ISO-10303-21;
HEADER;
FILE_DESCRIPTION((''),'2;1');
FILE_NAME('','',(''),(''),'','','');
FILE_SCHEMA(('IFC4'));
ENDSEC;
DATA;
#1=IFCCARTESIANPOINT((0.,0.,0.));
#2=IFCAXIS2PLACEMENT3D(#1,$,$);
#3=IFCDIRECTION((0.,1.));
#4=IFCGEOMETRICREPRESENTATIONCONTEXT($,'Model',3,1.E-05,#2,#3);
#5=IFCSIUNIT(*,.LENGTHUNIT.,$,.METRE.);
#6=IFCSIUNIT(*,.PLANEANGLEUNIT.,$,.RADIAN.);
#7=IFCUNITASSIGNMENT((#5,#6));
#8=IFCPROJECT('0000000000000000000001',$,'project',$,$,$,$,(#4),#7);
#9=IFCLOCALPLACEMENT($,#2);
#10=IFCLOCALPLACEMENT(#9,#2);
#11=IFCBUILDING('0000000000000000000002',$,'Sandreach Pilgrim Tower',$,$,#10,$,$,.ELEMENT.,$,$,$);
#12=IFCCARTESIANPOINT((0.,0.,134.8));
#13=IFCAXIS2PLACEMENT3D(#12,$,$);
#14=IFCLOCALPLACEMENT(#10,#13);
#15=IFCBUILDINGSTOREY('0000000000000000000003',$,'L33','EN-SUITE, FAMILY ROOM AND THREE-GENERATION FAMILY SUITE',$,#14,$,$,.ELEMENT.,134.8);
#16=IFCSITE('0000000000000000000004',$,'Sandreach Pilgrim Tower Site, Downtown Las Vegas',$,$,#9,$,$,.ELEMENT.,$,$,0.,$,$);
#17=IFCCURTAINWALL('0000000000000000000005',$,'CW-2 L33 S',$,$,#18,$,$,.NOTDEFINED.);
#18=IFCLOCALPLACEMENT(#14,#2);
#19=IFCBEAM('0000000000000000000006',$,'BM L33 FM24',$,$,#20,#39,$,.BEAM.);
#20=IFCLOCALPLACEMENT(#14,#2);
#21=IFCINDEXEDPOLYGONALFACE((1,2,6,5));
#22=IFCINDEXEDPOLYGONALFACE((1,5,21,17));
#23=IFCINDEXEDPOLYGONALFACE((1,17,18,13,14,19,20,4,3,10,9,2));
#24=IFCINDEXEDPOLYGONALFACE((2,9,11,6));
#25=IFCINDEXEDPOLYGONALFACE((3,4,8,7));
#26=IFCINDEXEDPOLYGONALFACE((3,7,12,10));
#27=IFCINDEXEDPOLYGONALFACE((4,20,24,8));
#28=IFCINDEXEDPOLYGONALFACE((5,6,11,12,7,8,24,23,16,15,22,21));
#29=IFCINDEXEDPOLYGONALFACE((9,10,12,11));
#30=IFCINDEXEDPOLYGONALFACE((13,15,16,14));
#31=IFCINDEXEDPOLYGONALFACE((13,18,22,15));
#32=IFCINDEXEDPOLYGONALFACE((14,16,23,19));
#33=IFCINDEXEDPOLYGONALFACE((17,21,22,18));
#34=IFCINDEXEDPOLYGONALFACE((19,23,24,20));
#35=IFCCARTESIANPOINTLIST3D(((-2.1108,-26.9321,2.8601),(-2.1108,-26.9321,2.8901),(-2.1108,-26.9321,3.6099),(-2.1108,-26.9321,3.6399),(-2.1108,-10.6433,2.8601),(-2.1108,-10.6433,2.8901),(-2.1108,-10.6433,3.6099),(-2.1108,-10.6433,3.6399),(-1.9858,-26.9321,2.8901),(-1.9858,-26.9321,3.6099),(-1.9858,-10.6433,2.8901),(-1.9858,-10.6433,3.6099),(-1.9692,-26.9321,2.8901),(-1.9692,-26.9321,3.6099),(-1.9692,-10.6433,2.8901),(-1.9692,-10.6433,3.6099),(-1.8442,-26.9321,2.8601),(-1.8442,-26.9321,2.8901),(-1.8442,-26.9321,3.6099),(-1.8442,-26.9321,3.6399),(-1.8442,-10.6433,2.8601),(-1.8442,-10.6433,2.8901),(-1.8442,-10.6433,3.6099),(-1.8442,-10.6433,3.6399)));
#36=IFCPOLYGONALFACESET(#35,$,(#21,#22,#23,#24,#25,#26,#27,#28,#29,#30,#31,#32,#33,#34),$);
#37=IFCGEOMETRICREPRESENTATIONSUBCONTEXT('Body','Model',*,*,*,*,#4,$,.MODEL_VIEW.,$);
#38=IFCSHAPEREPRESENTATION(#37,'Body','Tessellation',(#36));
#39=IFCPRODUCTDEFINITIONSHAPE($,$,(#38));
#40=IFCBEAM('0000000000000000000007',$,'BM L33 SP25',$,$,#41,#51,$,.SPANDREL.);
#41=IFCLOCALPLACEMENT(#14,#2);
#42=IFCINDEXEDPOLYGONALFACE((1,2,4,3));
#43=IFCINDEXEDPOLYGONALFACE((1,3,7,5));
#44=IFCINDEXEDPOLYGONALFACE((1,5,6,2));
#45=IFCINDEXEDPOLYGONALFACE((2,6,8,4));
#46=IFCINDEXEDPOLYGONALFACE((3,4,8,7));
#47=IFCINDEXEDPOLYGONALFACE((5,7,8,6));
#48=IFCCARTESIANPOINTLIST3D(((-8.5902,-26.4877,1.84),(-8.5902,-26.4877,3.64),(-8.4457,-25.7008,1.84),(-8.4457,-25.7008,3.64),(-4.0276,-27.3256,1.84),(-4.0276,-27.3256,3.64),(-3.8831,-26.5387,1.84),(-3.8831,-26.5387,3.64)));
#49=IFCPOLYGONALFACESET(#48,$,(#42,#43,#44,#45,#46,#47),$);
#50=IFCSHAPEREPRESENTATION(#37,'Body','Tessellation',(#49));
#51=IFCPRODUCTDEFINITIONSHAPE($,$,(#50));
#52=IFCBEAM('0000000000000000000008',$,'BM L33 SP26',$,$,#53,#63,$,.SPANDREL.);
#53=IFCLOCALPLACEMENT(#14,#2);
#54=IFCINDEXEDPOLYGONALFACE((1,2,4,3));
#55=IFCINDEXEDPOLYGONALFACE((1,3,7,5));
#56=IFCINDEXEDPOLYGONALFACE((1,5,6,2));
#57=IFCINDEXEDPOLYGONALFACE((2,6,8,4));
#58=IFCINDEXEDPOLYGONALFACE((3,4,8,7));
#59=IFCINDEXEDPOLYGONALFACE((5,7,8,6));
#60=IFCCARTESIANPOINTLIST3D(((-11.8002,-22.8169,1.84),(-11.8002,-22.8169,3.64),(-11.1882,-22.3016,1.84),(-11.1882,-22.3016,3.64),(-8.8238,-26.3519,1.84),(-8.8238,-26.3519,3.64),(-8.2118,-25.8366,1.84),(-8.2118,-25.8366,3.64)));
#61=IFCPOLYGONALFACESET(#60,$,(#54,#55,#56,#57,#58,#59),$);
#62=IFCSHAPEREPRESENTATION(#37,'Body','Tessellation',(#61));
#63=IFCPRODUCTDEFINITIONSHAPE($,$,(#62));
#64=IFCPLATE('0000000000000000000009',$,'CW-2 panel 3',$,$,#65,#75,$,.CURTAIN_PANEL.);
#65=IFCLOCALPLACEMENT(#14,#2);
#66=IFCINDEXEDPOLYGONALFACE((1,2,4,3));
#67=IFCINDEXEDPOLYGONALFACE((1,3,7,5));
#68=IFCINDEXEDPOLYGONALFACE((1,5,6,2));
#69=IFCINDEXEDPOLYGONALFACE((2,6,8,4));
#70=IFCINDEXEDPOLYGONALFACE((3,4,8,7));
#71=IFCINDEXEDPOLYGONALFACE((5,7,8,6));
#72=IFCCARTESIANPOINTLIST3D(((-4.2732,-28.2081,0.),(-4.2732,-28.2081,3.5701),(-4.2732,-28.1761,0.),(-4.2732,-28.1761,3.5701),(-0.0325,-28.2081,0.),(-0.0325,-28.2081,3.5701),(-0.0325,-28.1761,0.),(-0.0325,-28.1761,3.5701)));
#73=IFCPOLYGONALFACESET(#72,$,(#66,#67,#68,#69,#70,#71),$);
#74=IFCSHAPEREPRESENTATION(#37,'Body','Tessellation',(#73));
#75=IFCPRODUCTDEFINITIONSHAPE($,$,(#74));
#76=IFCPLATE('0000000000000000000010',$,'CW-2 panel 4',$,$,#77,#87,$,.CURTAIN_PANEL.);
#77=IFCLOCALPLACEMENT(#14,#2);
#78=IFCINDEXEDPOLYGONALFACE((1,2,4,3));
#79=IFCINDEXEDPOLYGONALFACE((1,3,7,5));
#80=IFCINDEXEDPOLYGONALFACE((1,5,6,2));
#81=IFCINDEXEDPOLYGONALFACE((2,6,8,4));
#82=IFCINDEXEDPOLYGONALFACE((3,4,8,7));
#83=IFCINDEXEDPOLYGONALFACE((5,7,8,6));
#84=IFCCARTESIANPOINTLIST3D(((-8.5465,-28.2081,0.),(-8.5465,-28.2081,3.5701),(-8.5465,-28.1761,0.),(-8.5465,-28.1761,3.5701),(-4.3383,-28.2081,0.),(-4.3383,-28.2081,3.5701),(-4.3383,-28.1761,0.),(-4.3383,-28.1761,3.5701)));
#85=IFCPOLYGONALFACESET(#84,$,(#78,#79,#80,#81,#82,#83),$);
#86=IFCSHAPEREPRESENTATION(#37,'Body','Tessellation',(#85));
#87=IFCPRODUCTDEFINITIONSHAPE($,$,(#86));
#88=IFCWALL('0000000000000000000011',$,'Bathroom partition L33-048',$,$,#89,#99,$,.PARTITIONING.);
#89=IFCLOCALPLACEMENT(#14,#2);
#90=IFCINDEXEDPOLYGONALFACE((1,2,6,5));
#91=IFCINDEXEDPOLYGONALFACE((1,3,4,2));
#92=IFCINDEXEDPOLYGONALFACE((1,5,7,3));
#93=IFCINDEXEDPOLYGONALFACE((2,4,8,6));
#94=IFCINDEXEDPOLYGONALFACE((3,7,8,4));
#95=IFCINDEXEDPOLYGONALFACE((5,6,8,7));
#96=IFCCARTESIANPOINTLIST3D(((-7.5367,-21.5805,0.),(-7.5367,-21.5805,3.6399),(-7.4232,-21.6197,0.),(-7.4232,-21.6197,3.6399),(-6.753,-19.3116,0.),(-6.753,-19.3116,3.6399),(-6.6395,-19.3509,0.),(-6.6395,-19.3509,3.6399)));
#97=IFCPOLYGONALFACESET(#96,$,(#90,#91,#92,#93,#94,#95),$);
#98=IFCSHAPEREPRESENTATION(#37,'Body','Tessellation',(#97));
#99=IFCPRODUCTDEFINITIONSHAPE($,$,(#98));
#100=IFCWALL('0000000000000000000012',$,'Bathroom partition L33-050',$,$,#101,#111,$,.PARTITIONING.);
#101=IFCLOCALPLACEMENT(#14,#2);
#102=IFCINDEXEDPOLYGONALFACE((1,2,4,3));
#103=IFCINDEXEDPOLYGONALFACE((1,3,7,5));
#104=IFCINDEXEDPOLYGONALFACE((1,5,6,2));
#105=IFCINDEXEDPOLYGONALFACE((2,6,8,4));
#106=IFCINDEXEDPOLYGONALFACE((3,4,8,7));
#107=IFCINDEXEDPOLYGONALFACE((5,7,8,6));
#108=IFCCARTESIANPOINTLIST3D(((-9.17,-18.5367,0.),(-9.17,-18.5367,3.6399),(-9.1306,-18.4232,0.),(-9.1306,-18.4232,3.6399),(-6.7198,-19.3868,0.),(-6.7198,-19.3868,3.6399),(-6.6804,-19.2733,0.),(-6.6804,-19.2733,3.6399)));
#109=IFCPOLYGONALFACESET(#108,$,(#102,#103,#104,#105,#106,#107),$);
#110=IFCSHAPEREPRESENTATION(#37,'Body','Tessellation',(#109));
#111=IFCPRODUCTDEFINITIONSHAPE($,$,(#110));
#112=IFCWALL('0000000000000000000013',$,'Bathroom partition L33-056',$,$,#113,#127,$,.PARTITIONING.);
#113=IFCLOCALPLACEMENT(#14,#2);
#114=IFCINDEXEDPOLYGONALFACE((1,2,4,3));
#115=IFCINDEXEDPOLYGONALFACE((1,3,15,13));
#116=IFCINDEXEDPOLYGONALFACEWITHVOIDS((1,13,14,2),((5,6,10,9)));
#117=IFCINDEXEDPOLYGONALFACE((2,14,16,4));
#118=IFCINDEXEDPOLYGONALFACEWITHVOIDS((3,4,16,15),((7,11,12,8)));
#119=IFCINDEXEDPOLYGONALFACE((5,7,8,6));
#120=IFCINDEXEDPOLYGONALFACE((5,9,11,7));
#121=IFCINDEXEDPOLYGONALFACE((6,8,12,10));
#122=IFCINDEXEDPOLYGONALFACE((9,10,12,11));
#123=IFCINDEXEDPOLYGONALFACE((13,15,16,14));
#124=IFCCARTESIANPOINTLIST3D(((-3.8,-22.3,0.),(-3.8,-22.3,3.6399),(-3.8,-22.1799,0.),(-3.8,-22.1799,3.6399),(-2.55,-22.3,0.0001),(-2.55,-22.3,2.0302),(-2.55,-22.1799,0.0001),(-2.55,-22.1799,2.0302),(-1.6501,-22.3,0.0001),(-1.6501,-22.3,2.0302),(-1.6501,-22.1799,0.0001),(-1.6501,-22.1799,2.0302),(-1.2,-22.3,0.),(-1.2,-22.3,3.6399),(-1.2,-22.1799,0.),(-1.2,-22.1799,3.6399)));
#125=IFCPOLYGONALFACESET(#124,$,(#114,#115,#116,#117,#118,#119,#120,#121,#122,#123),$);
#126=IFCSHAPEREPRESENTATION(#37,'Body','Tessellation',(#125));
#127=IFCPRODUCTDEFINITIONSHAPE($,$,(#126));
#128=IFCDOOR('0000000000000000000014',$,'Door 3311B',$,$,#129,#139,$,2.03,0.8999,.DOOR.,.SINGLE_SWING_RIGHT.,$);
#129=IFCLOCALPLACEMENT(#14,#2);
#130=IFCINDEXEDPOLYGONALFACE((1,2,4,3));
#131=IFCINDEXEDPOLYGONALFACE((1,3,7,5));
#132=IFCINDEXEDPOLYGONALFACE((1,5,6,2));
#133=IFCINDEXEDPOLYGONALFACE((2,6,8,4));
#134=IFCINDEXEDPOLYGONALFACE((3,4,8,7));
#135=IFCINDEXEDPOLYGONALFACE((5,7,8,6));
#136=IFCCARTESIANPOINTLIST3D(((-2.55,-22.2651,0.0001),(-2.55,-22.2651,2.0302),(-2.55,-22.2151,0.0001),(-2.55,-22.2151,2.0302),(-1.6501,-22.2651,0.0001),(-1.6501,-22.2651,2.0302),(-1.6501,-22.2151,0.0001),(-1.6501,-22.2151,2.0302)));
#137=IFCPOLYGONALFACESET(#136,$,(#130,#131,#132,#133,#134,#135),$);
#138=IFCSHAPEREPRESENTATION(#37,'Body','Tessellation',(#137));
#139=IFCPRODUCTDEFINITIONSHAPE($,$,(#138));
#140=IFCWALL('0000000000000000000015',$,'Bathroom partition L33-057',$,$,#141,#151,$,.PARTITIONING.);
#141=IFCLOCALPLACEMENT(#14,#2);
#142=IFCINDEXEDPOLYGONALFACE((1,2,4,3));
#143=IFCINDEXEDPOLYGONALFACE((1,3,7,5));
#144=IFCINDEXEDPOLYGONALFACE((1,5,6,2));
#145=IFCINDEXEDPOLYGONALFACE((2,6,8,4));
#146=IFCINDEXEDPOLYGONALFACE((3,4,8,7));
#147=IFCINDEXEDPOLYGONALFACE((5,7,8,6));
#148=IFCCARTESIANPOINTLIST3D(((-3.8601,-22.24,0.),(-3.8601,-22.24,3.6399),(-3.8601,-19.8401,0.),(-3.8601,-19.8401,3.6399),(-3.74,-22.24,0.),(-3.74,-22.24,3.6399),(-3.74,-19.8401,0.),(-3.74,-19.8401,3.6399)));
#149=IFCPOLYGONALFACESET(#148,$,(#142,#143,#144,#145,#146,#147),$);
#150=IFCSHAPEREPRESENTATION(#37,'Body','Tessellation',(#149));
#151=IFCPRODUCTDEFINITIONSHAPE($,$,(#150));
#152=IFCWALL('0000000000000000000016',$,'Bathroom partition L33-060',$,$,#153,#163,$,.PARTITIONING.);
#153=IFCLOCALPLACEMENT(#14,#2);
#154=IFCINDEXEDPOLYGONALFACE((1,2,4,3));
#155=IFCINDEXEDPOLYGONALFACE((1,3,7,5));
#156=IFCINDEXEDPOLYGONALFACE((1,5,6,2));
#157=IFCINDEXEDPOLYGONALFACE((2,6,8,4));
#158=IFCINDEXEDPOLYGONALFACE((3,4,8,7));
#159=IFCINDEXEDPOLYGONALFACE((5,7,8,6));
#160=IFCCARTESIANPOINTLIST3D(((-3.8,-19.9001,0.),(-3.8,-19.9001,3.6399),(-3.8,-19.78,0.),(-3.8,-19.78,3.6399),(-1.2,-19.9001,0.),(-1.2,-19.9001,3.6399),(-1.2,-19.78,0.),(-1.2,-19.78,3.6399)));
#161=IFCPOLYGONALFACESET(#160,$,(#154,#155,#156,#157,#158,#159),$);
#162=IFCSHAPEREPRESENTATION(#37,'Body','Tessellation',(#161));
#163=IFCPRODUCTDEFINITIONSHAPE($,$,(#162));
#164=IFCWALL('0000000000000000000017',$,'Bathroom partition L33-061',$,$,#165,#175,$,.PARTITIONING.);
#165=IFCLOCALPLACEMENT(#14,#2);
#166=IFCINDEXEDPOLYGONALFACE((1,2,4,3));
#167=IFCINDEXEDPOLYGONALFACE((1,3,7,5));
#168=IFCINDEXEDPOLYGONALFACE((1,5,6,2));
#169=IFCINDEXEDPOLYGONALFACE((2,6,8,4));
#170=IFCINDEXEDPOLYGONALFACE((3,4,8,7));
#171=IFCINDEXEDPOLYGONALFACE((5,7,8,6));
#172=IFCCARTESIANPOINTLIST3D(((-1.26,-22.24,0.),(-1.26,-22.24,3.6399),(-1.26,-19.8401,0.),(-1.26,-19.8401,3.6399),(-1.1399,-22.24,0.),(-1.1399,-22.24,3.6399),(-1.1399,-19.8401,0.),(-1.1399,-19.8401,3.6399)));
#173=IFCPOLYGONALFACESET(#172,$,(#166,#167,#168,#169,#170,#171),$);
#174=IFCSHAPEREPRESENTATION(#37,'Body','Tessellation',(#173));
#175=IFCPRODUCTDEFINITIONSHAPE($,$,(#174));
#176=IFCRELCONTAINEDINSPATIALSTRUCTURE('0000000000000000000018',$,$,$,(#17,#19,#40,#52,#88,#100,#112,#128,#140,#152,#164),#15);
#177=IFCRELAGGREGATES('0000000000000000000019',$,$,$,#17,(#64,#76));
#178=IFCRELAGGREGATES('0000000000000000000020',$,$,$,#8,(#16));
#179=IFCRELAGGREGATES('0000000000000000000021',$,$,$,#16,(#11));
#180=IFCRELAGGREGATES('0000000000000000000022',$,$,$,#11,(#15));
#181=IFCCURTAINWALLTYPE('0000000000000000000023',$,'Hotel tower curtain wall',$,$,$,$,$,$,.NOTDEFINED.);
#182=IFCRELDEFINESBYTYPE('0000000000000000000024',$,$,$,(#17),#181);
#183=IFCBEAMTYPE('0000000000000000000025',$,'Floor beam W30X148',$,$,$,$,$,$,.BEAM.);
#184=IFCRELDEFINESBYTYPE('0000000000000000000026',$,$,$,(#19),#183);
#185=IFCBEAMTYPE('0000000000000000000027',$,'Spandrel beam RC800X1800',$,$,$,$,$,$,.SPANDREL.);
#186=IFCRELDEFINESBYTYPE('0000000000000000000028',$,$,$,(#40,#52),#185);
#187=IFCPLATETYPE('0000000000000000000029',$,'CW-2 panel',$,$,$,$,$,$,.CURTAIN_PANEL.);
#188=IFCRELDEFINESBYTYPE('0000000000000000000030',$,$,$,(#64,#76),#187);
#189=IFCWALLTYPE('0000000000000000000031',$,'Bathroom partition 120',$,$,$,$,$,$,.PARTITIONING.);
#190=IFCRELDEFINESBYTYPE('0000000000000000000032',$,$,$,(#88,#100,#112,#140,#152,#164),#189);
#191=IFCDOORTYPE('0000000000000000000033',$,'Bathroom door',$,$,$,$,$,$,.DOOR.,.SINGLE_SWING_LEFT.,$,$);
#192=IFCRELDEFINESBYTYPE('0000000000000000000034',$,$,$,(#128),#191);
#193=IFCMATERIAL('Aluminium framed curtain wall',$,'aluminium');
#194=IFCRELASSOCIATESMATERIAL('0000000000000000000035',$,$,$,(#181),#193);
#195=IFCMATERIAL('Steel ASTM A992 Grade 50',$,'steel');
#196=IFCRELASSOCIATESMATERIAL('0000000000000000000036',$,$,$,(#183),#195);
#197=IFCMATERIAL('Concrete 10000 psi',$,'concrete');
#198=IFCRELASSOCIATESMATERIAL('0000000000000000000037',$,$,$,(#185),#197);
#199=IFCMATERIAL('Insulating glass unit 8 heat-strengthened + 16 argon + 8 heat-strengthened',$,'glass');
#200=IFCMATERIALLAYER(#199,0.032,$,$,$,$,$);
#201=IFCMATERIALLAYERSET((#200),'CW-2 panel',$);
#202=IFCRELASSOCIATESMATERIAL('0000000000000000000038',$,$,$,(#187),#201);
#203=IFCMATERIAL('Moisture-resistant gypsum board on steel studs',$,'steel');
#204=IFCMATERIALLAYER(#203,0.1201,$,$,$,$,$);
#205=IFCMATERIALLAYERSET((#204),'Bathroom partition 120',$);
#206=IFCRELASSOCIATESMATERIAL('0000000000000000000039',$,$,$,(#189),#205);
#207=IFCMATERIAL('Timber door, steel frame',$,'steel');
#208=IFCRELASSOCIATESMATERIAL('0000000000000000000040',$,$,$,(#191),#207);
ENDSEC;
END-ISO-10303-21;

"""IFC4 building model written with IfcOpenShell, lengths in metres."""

from ifc_helpers import new_model, si_unit, direction, frame, frame_2d, origin, origin_2d, place, context, subcontext, project, spatial, rectangle, i_section, extrude, material, layer, layer_set, material_profile, profile_set, type_object, element, fill, aggregate, save


model = new_model("IFC4")

# Units and contexts
model_context = context("Model", 3, precision=1e-05, world=origin(), true_north=direction((0.0, 1.0)))
body_context = subcontext(model_context, "Body", "Model", "MODEL_VIEW")
ifc_project = project(units=[si_unit("LENGTHUNIT", "METRE"), si_unit("PLANEANGLEUNIT", "RADIAN")], contexts=[model_context])

# Site, building, storey
site_placement = place(None, origin())
site = spatial("IfcSite", under=ifc_project, at=site_placement, Name="Sandreach Pilgrim Tower Site, Downtown Las Vegas", CompositionType="ELEMENT", RefElevation=0.0)
building_placement = place(site_placement, origin())
building = spatial("IfcBuilding", under=site, at=building_placement, Name="Sandreach Pilgrim Tower", CompositionType="ELEMENT")
storey_placement = place(building_placement, frame((0.0, 0.0, 134.8)))
storey = spatial("IfcBuildingStorey", under=building, at=storey_placement, Name="L33", Description="EN-SUITE, FAMILY ROOM AND THREE-GENERATION FAMILY SUITE", CompositionType="ELEMENT", Elevation=134.8)

# Curtain wall
ifc_material_1 = material(Name="Aluminium framed curtain wall", Category="aluminium")
curtain_wall_type = type_object("IfcCurtainWallType", Name="Hotel tower curtain wall", PredefinedType="NOTDEFINED", material=ifc_material_1)
curtain_wall_placement = place(storey_placement, origin())
curtain_wall = element("IfcCurtainWall", 1, at=curtain_wall_placement, inside=storey, type_object=curtain_wall_type, Name="CW-2 L33 S", PredefinedType="NOTDEFINED")

# Beams
ifc_material_2 = material(Name="Steel ASTM A992 Grade 50", Category="steel")
ifc_material_profile_1 = material_profile(ifc_material_2, i_section(OverallWidth=0.2666, OverallDepth=0.7798, WebThickness=0.0166, FlangeThickness=0.03, at=origin_2d()), Name="W30X148")
ifc_profile_set_1 = profile_set([ifc_material_profile_1], Name="Steel ASTM A992 Grade 50")
beam_type_1 = type_object("IfcBeamType", Name="Floor beam W30X148", PredefinedType="BEAM", material=ifc_profile_set_1)
beam_1_placement = place(storey_placement, frame((-1.9775, -26.9321, 3.25), z_axis=(0.0, 1.0, 0.0), x_axis=(-1.0, 0.0, 0.0)))
element("IfcBeam", 2, at=beam_1_placement, inside=storey, type_object=beam_type_1, Name="BM L33 FM24", PredefinedType="BEAM", context=body_context, shape_type="SweptSolid", body=[
    extrude(i_section(OverallWidth=0.2666, OverallDepth=0.7798, WebThickness=0.0166, FlangeThickness=0.03, at=origin_2d()), origin(), (0.0, 0.0, 1.0), 16.2888),
])
ifc_material_3 = material(Name="Concrete 10000 psi", Category="concrete")
ifc_material_profile_2 = material_profile(ifc_material_3, rectangle(XDim=0.8, YDim=1.8, at=origin_2d()), Name="RC800X1800")
ifc_profile_set_2 = profile_set([ifc_material_profile_2], Name="Concrete 10000 psi")
beam_type_2 = type_object("IfcBeamType", Name="Spandrel beam RC800X1800", PredefinedType="SPANDREL", material=ifc_profile_set_2)
beam_2_placement = place(storey_placement, frame((-3.9553, -26.9321, 2.74), z_axis=(-0.983552, 0.180627, 0.0), x_axis=(-0.180627, -0.983552, 0.0)))
element("IfcBeam", 3, at=beam_2_placement, inside=storey, type_object=beam_type_2, Name="BM L33 SP25", PredefinedType="SPANDREL", context=body_context, shape_type="SweptSolid", body=[
    extrude(rectangle(XDim=0.8, YDim=1.8, at=origin_2d()), origin(), (0.0, 0.0, 1.0), 4.6389),
])
beam_3_placement = place(storey_placement, frame((-8.5178, -26.0942, 2.74), z_axis=(-0.644079, 0.764959, 0.0), x_axis=(-0.764959, -0.644079, 0.0)))
element("IfcBeam", 4, at=beam_3_placement, inside=storey, type_object=beam_type_2, Name="BM L33 SP26", PredefinedType="SPANDREL", context=body_context, shape_type="SweptSolid", body=[
    extrude(rectangle(XDim=0.8, YDim=1.8, at=origin_2d()), origin(), (0.0, 0.0, 1.0), 4.6211),
])

# Plates
ifc_material_4 = material(Name="Insulating glass unit 8 heat-strengthened + 16 argon + 8 heat-strengthened", Category="glass")
ifc_layer_1 = layer(ifc_material_4, 0.032)
ifc_layer_set_1 = layer_set([ifc_layer_1], Name="CW-2 panel")
plate_type = type_object("IfcPlateType", Name="CW-2 panel", PredefinedType="CURTAIN_PANEL", material=ifc_layer_set_1)
plate_1_placement = place(storey_placement, frame((-2.1528, -28.1921, 0.0), z_axis=(0.0, 0.0, 1.0), x_axis=(-1.0, 0.0, 0.0)))
plate_1 = element("IfcPlate", 5, at=plate_1_placement, type_object=plate_type, Name="CW-2 panel 3", PredefinedType="CURTAIN_PANEL", context=body_context, shape_type="SweptSolid", body=[
    extrude(rectangle(XDim=4.2407, YDim=0.032, at=origin_2d()), origin(), (0.0, 0.0, 1.0), 3.5701),
])
plate_2_placement = place(storey_placement, frame((-6.4424, -28.1921, 0.0), z_axis=(0.0, 0.0, 1.0), x_axis=(-1.0, 0.0, 0.0)))
plate_2 = element("IfcPlate", 6, at=plate_2_placement, type_object=plate_type, Name="CW-2 panel 4", PredefinedType="CURTAIN_PANEL", context=body_context, shape_type="SweptSolid", body=[
    extrude(rectangle(XDim=4.2083, YDim=0.032, at=origin_2d()), origin(), (0.0, 0.0, 1.0), 3.5701),
])
aggregate(curtain_wall, [plate_1, plate_2])

# Walls
ifc_material_5 = material(Name="Moisture-resistant gypsum board on steel studs", Category="steel")
ifc_layer_2 = layer(ifc_material_5, 0.1201)
ifc_layer_set_2 = layer_set([ifc_layer_2], Name="Bathroom partition 120")
wall_type_1 = type_object("IfcWallType", Name="Bathroom partition 120", PredefinedType="PARTITIONING", material=ifc_layer_set_2)
wall_1_placement = place(storey_placement, frame((-7.48, -21.6001, 0.0), z_axis=(0.0, 0.0, 1.0), x_axis=(0.326492, 0.9452, 0.0)))
element("IfcWall", 7, at=wall_1_placement, inside=storey, type_object=wall_type_1, Name="Bathroom partition L33-048", PredefinedType="PARTITIONING", context=body_context, shape_type="SweptSolid", body=[
    extrude(rectangle(XDim=2.4004, YDim=0.1201, at=frame_2d((1.2002, 0.0))), origin(), (0.0, 0.0, 1.0), 3.6399),
])
wall_2_placement = place(storey_placement, frame((-6.7, -19.3301, 0.0), z_axis=(0.0, 0.0, 1.0), x_axis=(-0.944753, 0.327783, 0.0)))
element("IfcWall", 8, at=wall_2_placement, inside=storey, type_object=wall_type_1, Name="Bathroom partition L33-050", PredefinedType="PARTITIONING", context=body_context, shape_type="SweptSolid", body=[
    extrude(rectangle(XDim=2.5935, YDim=0.1201, at=frame_2d((1.2969, 0.0))), origin(), (0.0, 0.0, 1.0), 3.6399),
])

# Wall, opening, door
wall_3_placement = place(storey_placement, frame((-3.8, -22.24, 0.0), z_axis=(0.0, 0.0, 1.0), x_axis=(1.0, 0.0, 0.0)))
wall_3 = element("IfcWall", 9, at=wall_3_placement, inside=storey, type_object=wall_type_1, Name="Bathroom partition L33-056", PredefinedType="PARTITIONING", context=body_context, shape_type="SweptSolid", body=[
    extrude(rectangle(XDim=2.6001, YDim=0.1201, at=frame_2d((1.3, 0.0))), origin(), (0.0, 0.0, 1.0), 3.6399),
])
opening_1_placement = place(wall_3_placement, frame((1.25, 0.0, 0.0)))
opening_1 = element("IfcOpeningElement", 10, at=opening_1_placement, cuts=wall_3, PredefinedType="OPENING", context=body_context, shape_type="SweptSolid", body=[
    extrude(rectangle(XDim=0.8999, YDim=2.03, at=frame_2d((0.45, 1.0151))), frame((0.0, 0.0601, 0.0), z_axis=(0.0, -1.0, 0.0), x_axis=(1.0, 0.0, 0.0)), (0.0, 0.0, 1.0), 0.1201),
])
ifc_material_6 = material(Name="Timber door, steel frame", Category="steel")
door_type_1 = type_object("IfcDoorType", Name="Bathroom door", OperationType="SINGLE_SWING_LEFT", PredefinedType="DOOR", material=ifc_material_6)
door_1_placement = place(opening_1_placement, origin())
door_1 = element("IfcDoor", 11, at=door_1_placement, inside=storey, type_object=door_type_1, Name="Door 3311B", OperationType="SINGLE_SWING_RIGHT", OverallHeight=2.03, OverallWidth=0.8999, PredefinedType="DOOR", context=body_context, shape_type="SweptSolid", body=[
    extrude(rectangle(XDim=0.8999, YDim=2.03, at=frame_2d((0.45, 1.0151))), frame((0.0, 0.0249, 0.0), z_axis=(0.0, -1.0, 0.0), x_axis=(1.0, 0.0, 0.0)), (0.0, 0.0, 1.0), 0.05),
])
fill(opening_1, door_1)

# Walls
wall_4_placement = place(storey_placement, frame((-3.8, -19.8401, 0.0), z_axis=(0.0, 0.0, 1.0), x_axis=(0.0, -1.0, 0.0)))
element("IfcWall", 12, at=wall_4_placement, inside=storey, type_object=wall_type_1, Name="Bathroom partition L33-057", PredefinedType="PARTITIONING", context=body_context, shape_type="SweptSolid", body=[
    extrude(rectangle(XDim=2.3999, YDim=0.1201, at=frame_2d((1.2, 0.0))), origin(), (0.0, 0.0, 1.0), 3.6399),
])
wall_5_placement = place(storey_placement, frame((-1.2, -19.8401, 0.0), z_axis=(0.0, 0.0, 1.0), x_axis=(-1.0, 0.0, 0.0)))
element("IfcWall", 13, at=wall_5_placement, inside=storey, type_object=wall_type_1, Name="Bathroom partition L33-060", PredefinedType="PARTITIONING", context=body_context, shape_type="SweptSolid", body=[
    extrude(rectangle(XDim=2.6001, YDim=0.1201, at=frame_2d((1.3, 0.0))), origin(), (0.0, 0.0, 1.0), 3.6399),
])
wall_6_placement = place(storey_placement, frame((-1.2, -19.8401, 0.0), z_axis=(0.0, 0.0, 1.0), x_axis=(0.0, -1.0, 0.0)))
element("IfcWall", 14, at=wall_6_placement, inside=storey, type_object=wall_type_1, Name="Bathroom partition L33-061", PredefinedType="PARTITIONING", context=body_context, shape_type="SweptSolid", body=[
    extrude(rectangle(XDim=2.3999, YDim=0.1201, at=frame_2d((1.2, 0.0))), origin(), (0.0, 0.0, 1.0), 3.6399),
])

save(model, "model.ifc")
